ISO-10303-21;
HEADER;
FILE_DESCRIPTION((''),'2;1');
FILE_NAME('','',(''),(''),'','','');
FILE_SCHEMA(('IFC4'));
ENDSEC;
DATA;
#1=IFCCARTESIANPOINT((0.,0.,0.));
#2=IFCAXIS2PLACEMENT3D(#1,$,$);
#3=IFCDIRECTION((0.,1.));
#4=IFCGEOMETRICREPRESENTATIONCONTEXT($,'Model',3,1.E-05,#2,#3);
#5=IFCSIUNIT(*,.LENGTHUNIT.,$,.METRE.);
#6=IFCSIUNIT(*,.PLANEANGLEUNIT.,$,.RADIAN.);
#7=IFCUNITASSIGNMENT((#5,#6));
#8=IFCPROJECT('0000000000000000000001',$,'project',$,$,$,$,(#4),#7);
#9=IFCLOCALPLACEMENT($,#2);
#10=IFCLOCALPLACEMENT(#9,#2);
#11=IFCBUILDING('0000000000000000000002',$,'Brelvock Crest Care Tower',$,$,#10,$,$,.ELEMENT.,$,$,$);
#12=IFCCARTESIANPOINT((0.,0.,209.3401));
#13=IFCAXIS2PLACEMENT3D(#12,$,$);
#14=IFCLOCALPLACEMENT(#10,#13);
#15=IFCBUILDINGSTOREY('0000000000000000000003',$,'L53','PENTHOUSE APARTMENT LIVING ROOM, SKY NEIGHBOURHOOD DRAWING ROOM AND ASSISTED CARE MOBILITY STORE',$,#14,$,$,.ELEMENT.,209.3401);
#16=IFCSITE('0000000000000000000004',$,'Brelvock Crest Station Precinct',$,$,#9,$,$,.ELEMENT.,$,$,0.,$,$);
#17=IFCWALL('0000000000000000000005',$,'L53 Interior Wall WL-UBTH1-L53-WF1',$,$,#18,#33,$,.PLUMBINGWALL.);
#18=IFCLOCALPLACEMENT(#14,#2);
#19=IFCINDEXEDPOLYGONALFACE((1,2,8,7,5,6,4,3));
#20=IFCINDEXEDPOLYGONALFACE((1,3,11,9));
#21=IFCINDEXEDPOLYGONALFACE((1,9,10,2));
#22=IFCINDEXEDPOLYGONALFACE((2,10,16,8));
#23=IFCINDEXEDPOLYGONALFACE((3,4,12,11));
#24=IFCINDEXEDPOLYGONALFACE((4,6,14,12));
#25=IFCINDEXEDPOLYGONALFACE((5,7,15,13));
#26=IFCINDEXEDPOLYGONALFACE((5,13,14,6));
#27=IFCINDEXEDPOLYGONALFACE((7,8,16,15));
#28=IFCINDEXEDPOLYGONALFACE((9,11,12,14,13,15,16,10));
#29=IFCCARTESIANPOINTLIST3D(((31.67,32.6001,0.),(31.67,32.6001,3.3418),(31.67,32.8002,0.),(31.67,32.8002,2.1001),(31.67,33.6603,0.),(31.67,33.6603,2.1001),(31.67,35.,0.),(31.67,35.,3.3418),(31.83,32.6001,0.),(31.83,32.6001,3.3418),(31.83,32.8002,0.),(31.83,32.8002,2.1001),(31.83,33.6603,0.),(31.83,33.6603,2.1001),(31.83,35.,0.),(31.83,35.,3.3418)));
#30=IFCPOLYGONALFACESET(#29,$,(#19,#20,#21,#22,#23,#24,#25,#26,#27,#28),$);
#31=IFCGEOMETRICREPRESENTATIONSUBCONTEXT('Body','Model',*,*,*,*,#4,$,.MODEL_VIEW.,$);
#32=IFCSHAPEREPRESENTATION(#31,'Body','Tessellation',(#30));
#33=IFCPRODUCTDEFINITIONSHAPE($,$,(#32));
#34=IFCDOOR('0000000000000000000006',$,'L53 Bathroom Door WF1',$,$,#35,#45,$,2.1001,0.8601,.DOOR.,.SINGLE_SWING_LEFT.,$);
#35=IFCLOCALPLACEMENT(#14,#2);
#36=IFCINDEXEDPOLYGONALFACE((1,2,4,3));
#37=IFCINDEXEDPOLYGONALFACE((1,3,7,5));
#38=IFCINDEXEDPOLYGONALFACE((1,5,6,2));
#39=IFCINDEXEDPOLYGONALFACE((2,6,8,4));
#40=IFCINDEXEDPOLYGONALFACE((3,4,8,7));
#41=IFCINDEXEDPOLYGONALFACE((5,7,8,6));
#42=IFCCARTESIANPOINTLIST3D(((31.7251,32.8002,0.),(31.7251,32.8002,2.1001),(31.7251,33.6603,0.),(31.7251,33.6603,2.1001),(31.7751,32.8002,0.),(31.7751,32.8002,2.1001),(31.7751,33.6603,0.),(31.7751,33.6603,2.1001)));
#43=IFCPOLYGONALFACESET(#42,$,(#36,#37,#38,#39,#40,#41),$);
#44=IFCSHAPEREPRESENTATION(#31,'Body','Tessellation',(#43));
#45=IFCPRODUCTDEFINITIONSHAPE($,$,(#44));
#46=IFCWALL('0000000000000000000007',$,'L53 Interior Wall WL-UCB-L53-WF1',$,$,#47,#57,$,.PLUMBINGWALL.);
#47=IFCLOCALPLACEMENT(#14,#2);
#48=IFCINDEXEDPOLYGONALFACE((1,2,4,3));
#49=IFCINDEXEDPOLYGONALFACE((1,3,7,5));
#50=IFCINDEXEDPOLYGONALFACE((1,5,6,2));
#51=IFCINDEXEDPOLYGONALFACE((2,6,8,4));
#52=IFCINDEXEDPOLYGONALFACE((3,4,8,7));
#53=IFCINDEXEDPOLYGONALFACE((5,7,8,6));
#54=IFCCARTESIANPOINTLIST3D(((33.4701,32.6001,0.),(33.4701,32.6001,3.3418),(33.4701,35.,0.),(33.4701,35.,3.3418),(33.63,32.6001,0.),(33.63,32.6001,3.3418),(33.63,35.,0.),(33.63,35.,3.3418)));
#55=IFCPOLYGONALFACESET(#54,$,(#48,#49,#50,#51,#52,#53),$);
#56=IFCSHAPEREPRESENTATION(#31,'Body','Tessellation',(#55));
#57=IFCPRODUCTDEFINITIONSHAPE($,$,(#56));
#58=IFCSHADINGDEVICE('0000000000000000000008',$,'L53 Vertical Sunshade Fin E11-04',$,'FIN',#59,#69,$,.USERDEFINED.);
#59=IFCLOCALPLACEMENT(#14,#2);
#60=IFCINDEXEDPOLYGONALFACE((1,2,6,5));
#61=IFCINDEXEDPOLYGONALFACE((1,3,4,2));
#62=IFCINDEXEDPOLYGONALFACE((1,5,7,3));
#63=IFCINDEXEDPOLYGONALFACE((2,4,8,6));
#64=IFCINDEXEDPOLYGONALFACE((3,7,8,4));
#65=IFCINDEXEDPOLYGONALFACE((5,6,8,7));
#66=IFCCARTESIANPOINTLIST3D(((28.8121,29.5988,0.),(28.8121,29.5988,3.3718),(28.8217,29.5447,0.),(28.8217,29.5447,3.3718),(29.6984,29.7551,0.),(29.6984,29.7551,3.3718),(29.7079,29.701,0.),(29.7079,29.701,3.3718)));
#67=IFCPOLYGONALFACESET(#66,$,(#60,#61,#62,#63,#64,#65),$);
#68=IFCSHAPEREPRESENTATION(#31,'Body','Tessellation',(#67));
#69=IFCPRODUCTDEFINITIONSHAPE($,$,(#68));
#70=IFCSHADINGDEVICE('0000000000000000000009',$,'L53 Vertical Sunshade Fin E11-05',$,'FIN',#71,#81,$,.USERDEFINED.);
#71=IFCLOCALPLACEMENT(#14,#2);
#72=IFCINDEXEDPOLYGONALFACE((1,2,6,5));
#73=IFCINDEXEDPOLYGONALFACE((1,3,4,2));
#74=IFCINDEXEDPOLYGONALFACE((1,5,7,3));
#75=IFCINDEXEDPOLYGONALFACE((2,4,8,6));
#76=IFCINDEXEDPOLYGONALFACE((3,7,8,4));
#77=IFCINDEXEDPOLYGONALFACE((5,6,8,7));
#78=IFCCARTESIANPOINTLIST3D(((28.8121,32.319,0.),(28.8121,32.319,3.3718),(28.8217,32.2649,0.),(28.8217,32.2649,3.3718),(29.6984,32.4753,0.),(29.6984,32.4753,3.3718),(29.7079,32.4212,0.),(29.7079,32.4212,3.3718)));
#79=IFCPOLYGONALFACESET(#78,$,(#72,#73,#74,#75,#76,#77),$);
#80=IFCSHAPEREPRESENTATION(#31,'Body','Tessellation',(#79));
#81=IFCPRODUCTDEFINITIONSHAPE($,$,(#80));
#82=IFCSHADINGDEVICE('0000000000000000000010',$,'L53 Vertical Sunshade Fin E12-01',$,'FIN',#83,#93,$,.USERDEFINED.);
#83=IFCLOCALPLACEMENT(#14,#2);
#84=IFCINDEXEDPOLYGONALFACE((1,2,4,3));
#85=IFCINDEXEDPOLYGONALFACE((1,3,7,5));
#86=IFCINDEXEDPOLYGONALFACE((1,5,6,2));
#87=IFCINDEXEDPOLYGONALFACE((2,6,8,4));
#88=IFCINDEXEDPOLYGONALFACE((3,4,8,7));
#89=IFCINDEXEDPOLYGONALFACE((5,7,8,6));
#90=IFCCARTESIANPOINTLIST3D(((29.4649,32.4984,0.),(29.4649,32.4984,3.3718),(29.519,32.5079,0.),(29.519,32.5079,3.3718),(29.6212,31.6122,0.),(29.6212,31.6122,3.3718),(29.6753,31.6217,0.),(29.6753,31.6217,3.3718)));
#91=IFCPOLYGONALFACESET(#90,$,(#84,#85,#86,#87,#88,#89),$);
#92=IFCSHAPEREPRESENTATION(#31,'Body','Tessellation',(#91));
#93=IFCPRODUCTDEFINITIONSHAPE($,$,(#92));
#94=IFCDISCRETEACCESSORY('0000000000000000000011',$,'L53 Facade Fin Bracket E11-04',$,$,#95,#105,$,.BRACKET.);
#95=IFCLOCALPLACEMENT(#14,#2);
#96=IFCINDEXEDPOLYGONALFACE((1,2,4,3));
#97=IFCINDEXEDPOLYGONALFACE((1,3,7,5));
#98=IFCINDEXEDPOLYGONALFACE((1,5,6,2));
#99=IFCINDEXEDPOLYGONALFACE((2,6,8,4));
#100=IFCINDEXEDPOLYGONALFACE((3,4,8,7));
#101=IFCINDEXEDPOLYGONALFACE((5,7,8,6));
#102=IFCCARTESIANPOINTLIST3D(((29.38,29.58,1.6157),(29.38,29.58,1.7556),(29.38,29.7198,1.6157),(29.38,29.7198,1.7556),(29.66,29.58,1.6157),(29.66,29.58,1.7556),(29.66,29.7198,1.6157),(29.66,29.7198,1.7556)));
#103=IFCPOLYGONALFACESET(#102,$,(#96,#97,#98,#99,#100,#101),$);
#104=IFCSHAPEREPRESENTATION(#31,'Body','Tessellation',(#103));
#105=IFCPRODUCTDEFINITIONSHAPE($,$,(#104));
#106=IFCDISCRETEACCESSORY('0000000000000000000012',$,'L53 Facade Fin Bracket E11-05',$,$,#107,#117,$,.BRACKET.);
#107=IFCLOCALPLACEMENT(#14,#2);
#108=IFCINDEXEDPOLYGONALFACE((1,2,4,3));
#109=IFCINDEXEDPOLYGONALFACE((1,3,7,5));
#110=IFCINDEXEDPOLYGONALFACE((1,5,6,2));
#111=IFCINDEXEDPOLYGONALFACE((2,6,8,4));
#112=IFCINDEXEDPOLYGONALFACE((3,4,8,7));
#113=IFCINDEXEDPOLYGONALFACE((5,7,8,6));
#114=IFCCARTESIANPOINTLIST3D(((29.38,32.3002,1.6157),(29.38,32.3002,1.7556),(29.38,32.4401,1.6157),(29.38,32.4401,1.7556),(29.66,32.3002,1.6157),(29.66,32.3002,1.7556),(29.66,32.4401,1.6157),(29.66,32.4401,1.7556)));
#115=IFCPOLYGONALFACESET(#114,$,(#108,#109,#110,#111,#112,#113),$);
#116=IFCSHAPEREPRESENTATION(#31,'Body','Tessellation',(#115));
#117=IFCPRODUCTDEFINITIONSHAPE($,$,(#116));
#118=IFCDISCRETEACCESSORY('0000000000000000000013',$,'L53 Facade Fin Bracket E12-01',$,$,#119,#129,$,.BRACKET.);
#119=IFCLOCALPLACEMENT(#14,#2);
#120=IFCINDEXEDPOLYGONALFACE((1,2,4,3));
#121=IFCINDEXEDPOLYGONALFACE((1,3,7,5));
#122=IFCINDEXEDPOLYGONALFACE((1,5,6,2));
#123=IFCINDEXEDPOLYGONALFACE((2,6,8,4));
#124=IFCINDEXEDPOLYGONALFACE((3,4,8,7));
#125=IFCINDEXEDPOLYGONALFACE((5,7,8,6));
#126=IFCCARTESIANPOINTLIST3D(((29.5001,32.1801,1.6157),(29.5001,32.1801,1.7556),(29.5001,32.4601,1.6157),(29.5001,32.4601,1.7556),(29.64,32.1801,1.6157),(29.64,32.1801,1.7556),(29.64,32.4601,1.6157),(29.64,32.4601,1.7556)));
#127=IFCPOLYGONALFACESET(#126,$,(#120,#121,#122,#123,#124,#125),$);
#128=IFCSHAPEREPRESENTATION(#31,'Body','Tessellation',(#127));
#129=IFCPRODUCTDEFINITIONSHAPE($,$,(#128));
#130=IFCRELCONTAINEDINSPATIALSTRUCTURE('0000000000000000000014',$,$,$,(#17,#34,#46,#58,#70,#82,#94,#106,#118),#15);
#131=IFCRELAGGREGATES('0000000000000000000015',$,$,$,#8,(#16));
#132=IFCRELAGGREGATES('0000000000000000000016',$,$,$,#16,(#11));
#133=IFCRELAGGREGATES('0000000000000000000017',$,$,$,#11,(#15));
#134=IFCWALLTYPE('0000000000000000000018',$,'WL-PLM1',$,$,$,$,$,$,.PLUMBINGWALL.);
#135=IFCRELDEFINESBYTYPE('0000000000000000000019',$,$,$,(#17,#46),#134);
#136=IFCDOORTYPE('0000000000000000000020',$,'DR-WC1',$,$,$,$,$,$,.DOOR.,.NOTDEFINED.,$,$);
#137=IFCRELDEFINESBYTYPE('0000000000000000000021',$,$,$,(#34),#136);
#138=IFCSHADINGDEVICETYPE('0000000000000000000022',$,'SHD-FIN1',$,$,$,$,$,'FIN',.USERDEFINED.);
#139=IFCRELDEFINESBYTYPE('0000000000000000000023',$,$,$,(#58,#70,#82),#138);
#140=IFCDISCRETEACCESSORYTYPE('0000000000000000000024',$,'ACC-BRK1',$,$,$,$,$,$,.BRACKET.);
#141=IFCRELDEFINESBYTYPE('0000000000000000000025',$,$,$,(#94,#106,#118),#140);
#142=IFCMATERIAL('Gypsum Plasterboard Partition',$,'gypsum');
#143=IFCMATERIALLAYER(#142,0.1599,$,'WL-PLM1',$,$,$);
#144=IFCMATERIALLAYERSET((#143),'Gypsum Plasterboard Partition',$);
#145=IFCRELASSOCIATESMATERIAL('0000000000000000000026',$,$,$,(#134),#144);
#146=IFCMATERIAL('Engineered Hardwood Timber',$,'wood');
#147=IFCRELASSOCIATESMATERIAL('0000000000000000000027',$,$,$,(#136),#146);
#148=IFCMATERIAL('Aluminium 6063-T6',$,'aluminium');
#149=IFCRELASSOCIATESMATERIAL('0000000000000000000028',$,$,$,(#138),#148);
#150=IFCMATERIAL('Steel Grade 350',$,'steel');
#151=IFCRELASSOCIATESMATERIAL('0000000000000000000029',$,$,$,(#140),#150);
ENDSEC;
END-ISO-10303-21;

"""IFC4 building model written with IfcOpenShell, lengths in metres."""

from ifc_helpers import new_model, si_unit, direction, frame, frame_2d, origin, origin_2d, place, context, subcontext, project, spatial, rectangle, extrude, source, transform, mapped, material, layer, layer_set, material_profile, profile_set, type_object, element, fill, save


model = new_model("IFC4")

# Units and contexts
model_context = context("Model", 3, precision=1e-05, world=origin(), true_north=direction((0.0, 1.0)))
body_context = subcontext(model_context, "Body", "Model", "MODEL_VIEW")
ifc_project = project(units=[si_unit("LENGTHUNIT", "METRE"), si_unit("PLANEANGLEUNIT", "RADIAN")], contexts=[model_context])

# Site, building, storey
site_placement = place(None, origin())
site = spatial("IfcSite", under=ifc_project, at=site_placement, Name="Brelvock Crest Station Precinct", CompositionType="ELEMENT", RefElevation=0.0)
building_placement = place(site_placement, origin())
building = spatial("IfcBuilding", under=site, at=building_placement, Name="Brelvock Crest Care Tower", CompositionType="ELEMENT")
storey_placement = place(building_placement, frame((0.0, 0.0, 209.3401)))
storey = spatial("IfcBuildingStorey", under=building, at=storey_placement, Name="L53", Description="PENTHOUSE APARTMENT LIVING ROOM, SKY NEIGHBOURHOOD DRAWING ROOM AND ASSISTED CARE MOBILITY STORE", CompositionType="ELEMENT", Elevation=209.3401)

# Shared definitions
ifc_material_1 = material(Name="Steel Grade 350", Category="steel")

# Shared definitions
ifc_material_2 = material(Name="Aluminium 6063-T6", Category="aluminium")

# Shared definitions
ifc_material_3 = material(Name="Engineered Hardwood Timber", Category="wood")

# Shared definitions
ifc_material_4 = material(Name="Gypsum Plasterboard Partition", Category="gypsum")
ifc_layer_1 = layer(ifc_material_4, 0.1599, Name="WL-PLM1")
ifc_layer_set_1 = layer_set([ifc_layer_1], Name="Gypsum Plasterboard Partition")
wall_type_1 = type_object("IfcWallType", Name="WL-PLM1", PredefinedType="PLUMBINGWALL", material=ifc_layer_set_1)

# Wall, opening, door
wall_1_placement = place(storey_placement, frame((31.75, 32.6001, 0.0), z_axis=(0.0, 0.0, 1.0), x_axis=(0.0, 1.0, 0.0)))
wall_1 = element("IfcWall", 1, at=wall_1_placement, inside=storey, type_object=wall_type_1, Name="L53 Interior Wall WL-UBTH1-L53-WF1", PredefinedType="PLUMBINGWALL", context=body_context, shape_type="SweptSolid", body=[
    extrude(rectangle(XDim=2.3999, YDim=0.1599, at=frame_2d((1.2, 0.0))), origin(), (0.0, 0.0, 1.0), 3.3418),
])
opening_1_placement = place(wall_1_placement, frame((0.2, 0.0, 0.0)))
opening_1 = element("IfcOpeningElement", 2, at=opening_1_placement, cuts=wall_1, PredefinedType="OPENING", context=body_context, shape_type="SweptSolid", body=[
    extrude(rectangle(XDim=0.8601, YDim=2.1001, at=origin_2d()), frame((0.4302, 0.0898, 1.05), z_axis=(0.0, -1.0, 0.0), x_axis=(1.0, 0.0, 0.0)), (0.0, 0.0, 1.0), 0.1799),
])
door_type_1 = type_object("IfcDoorType", Name="DR-WC1", OperationType="NOTDEFINED", PredefinedType="DOOR", material=ifc_material_3)
shared_shape_1 = source(origin(), body_context, "Body", "SweptSolid", [
    extrude(rectangle(XDim=0.8601, YDim=2.1001, at=origin_2d()), frame((0.4302, 0.0249, 1.05), z_axis=(0.0, -1.0, 0.0), x_axis=(1.0, 0.0, 0.0)), (0.0, 0.0, 1.0), 0.05),
])
door_1_placement = place(opening_1_placement, origin())
door_1 = element("IfcDoor", 3, at=door_1_placement, inside=storey, type_object=door_type_1, Name="L53 Bathroom Door WF1", OperationType="SINGLE_SWING_LEFT", OverallHeight=2.1001, OverallWidth=0.8601, PredefinedType="DOOR", context=body_context, shape_type="MappedRepresentation", body=[
    mapped(shared_shape_1, transform((0.0, 0.0, 0.0), x_axis=(1.0, 0.0, 0.0), y_axis=(0.0, 1.0, 0.0), z_axis=(0.0, 0.0, 1.0), scale=1.0)),
])
fill(opening_1, door_1)

# Wall
wall_2_placement = place(storey_placement, frame((33.55, 32.6001, 0.0), z_axis=(0.0, 0.0, 1.0), x_axis=(0.0, 1.0, 0.0)))
element("IfcWall", 4, at=wall_2_placement, inside=storey, type_object=wall_type_1, Name="L53 Interior Wall WL-UCB-L53-WF1", PredefinedType="PLUMBINGWALL", context=body_context, shape_type="SweptSolid", body=[
    extrude(rectangle(XDim=2.3999, YDim=0.1599, at=frame_2d((1.2, 0.0))), origin(), (0.0, 0.0, 1.0), 3.3418),
])

# Shading devices
ifc_material_profile_1 = material_profile(ifc_material_2, rectangle(XDim=0.0549, YDim=0.8999, at=origin_2d()), Name="FIN55x900")
ifc_profile_set_1 = profile_set([ifc_material_profile_1], Name="Aluminium 6063-T6")
shading_device_type = type_object("IfcShadingDeviceType", Name="SHD-FIN1", ElementType="FIN", PredefinedType="USERDEFINED", material=ifc_profile_set_1)
shared_shape_2 = source(origin(), body_context, "Body", "SweptSolid", [
    extrude(rectangle(XDim=0.0549, YDim=0.8999, at=origin_2d()), origin(), (0.0, 0.0, 1.0), 3.3718),
])
for number, where, z_axis, x_axis, name in (
    (5, (29.26, 29.6499, 0.0), (0.0, 0.0, 1.0), (-0.173648, 0.984808, 0.0), "L53 Vertical Sunshade Fin E11-04"),
    (6, (29.26, 32.3701, 0.0), (0.0, 0.0, 1.0), (-0.173648, 0.984808, 0.0), "L53 Vertical Sunshade Fin E11-05"),
    (7, (29.5701, 32.0601, 0.0), (0.0, 0.0, 1.0), (-0.984808, -0.173648, 0.0), "L53 Vertical Sunshade Fin E12-01"),
):
    element("IfcShadingDevice", number, at=place(storey_placement, frame(where, z_axis=z_axis, x_axis=x_axis)), inside=storey, type_object=shading_device_type, Name=name, ObjectType="FIN", PredefinedType="USERDEFINED", context=body_context, shape_type="MappedRepresentation", body=[
        mapped(shared_shape_2, transform((0.0, 0.0, 0.0), x_axis=(1.0, 0.0, 0.0), y_axis=(0.0, 1.0, 0.0), z_axis=(0.0, 0.0, 1.0), scale=1.0)),
    ])

# Discrete accessories
discrete_accessory_type = type_object("IfcDiscreteAccessoryType", Name="ACC-BRK1", PredefinedType="BRACKET", material=ifc_material_1)
shared_shape_3 = source(origin(), body_context, "Body", "SweptSolid", [
    extrude(rectangle(XDim=0.28, YDim=0.1399, at=origin_2d()), origin(), (0.0, 0.0, 1.0), 0.1399),
])
for number, where, z_axis, x_axis, name in (
    (8, (29.52, 29.6499, 1.6157), (0.0, 0.0, 1.0), (-1.0, 0.0, 0.0), "L53 Facade Fin Bracket E11-04"),
    (9, (29.52, 32.3701, 1.6157), (0.0, 0.0, 1.0), (-1.0, 0.0, 0.0), "L53 Facade Fin Bracket E11-05"),
    (10, (29.5701, 32.3201, 1.6157), (0.0, 0.0, 1.0), (0.0, -1.0, 0.0), "L53 Facade Fin Bracket E12-01"),
):
    element("IfcDiscreteAccessory", number, at=place(storey_placement, frame(where, z_axis=z_axis, x_axis=x_axis)), inside=storey, type_object=discrete_accessory_type, Name=name, PredefinedType="BRACKET", context=body_context, shape_type="MappedRepresentation", body=[
        mapped(shared_shape_3, transform((0.0, 0.0, 0.0), x_axis=(1.0, 0.0, 0.0), y_axis=(0.0, 1.0, 0.0), z_axis=(0.0, 0.0, 1.0), scale=1.0)),
    ])

save(model, "model.ifc")
